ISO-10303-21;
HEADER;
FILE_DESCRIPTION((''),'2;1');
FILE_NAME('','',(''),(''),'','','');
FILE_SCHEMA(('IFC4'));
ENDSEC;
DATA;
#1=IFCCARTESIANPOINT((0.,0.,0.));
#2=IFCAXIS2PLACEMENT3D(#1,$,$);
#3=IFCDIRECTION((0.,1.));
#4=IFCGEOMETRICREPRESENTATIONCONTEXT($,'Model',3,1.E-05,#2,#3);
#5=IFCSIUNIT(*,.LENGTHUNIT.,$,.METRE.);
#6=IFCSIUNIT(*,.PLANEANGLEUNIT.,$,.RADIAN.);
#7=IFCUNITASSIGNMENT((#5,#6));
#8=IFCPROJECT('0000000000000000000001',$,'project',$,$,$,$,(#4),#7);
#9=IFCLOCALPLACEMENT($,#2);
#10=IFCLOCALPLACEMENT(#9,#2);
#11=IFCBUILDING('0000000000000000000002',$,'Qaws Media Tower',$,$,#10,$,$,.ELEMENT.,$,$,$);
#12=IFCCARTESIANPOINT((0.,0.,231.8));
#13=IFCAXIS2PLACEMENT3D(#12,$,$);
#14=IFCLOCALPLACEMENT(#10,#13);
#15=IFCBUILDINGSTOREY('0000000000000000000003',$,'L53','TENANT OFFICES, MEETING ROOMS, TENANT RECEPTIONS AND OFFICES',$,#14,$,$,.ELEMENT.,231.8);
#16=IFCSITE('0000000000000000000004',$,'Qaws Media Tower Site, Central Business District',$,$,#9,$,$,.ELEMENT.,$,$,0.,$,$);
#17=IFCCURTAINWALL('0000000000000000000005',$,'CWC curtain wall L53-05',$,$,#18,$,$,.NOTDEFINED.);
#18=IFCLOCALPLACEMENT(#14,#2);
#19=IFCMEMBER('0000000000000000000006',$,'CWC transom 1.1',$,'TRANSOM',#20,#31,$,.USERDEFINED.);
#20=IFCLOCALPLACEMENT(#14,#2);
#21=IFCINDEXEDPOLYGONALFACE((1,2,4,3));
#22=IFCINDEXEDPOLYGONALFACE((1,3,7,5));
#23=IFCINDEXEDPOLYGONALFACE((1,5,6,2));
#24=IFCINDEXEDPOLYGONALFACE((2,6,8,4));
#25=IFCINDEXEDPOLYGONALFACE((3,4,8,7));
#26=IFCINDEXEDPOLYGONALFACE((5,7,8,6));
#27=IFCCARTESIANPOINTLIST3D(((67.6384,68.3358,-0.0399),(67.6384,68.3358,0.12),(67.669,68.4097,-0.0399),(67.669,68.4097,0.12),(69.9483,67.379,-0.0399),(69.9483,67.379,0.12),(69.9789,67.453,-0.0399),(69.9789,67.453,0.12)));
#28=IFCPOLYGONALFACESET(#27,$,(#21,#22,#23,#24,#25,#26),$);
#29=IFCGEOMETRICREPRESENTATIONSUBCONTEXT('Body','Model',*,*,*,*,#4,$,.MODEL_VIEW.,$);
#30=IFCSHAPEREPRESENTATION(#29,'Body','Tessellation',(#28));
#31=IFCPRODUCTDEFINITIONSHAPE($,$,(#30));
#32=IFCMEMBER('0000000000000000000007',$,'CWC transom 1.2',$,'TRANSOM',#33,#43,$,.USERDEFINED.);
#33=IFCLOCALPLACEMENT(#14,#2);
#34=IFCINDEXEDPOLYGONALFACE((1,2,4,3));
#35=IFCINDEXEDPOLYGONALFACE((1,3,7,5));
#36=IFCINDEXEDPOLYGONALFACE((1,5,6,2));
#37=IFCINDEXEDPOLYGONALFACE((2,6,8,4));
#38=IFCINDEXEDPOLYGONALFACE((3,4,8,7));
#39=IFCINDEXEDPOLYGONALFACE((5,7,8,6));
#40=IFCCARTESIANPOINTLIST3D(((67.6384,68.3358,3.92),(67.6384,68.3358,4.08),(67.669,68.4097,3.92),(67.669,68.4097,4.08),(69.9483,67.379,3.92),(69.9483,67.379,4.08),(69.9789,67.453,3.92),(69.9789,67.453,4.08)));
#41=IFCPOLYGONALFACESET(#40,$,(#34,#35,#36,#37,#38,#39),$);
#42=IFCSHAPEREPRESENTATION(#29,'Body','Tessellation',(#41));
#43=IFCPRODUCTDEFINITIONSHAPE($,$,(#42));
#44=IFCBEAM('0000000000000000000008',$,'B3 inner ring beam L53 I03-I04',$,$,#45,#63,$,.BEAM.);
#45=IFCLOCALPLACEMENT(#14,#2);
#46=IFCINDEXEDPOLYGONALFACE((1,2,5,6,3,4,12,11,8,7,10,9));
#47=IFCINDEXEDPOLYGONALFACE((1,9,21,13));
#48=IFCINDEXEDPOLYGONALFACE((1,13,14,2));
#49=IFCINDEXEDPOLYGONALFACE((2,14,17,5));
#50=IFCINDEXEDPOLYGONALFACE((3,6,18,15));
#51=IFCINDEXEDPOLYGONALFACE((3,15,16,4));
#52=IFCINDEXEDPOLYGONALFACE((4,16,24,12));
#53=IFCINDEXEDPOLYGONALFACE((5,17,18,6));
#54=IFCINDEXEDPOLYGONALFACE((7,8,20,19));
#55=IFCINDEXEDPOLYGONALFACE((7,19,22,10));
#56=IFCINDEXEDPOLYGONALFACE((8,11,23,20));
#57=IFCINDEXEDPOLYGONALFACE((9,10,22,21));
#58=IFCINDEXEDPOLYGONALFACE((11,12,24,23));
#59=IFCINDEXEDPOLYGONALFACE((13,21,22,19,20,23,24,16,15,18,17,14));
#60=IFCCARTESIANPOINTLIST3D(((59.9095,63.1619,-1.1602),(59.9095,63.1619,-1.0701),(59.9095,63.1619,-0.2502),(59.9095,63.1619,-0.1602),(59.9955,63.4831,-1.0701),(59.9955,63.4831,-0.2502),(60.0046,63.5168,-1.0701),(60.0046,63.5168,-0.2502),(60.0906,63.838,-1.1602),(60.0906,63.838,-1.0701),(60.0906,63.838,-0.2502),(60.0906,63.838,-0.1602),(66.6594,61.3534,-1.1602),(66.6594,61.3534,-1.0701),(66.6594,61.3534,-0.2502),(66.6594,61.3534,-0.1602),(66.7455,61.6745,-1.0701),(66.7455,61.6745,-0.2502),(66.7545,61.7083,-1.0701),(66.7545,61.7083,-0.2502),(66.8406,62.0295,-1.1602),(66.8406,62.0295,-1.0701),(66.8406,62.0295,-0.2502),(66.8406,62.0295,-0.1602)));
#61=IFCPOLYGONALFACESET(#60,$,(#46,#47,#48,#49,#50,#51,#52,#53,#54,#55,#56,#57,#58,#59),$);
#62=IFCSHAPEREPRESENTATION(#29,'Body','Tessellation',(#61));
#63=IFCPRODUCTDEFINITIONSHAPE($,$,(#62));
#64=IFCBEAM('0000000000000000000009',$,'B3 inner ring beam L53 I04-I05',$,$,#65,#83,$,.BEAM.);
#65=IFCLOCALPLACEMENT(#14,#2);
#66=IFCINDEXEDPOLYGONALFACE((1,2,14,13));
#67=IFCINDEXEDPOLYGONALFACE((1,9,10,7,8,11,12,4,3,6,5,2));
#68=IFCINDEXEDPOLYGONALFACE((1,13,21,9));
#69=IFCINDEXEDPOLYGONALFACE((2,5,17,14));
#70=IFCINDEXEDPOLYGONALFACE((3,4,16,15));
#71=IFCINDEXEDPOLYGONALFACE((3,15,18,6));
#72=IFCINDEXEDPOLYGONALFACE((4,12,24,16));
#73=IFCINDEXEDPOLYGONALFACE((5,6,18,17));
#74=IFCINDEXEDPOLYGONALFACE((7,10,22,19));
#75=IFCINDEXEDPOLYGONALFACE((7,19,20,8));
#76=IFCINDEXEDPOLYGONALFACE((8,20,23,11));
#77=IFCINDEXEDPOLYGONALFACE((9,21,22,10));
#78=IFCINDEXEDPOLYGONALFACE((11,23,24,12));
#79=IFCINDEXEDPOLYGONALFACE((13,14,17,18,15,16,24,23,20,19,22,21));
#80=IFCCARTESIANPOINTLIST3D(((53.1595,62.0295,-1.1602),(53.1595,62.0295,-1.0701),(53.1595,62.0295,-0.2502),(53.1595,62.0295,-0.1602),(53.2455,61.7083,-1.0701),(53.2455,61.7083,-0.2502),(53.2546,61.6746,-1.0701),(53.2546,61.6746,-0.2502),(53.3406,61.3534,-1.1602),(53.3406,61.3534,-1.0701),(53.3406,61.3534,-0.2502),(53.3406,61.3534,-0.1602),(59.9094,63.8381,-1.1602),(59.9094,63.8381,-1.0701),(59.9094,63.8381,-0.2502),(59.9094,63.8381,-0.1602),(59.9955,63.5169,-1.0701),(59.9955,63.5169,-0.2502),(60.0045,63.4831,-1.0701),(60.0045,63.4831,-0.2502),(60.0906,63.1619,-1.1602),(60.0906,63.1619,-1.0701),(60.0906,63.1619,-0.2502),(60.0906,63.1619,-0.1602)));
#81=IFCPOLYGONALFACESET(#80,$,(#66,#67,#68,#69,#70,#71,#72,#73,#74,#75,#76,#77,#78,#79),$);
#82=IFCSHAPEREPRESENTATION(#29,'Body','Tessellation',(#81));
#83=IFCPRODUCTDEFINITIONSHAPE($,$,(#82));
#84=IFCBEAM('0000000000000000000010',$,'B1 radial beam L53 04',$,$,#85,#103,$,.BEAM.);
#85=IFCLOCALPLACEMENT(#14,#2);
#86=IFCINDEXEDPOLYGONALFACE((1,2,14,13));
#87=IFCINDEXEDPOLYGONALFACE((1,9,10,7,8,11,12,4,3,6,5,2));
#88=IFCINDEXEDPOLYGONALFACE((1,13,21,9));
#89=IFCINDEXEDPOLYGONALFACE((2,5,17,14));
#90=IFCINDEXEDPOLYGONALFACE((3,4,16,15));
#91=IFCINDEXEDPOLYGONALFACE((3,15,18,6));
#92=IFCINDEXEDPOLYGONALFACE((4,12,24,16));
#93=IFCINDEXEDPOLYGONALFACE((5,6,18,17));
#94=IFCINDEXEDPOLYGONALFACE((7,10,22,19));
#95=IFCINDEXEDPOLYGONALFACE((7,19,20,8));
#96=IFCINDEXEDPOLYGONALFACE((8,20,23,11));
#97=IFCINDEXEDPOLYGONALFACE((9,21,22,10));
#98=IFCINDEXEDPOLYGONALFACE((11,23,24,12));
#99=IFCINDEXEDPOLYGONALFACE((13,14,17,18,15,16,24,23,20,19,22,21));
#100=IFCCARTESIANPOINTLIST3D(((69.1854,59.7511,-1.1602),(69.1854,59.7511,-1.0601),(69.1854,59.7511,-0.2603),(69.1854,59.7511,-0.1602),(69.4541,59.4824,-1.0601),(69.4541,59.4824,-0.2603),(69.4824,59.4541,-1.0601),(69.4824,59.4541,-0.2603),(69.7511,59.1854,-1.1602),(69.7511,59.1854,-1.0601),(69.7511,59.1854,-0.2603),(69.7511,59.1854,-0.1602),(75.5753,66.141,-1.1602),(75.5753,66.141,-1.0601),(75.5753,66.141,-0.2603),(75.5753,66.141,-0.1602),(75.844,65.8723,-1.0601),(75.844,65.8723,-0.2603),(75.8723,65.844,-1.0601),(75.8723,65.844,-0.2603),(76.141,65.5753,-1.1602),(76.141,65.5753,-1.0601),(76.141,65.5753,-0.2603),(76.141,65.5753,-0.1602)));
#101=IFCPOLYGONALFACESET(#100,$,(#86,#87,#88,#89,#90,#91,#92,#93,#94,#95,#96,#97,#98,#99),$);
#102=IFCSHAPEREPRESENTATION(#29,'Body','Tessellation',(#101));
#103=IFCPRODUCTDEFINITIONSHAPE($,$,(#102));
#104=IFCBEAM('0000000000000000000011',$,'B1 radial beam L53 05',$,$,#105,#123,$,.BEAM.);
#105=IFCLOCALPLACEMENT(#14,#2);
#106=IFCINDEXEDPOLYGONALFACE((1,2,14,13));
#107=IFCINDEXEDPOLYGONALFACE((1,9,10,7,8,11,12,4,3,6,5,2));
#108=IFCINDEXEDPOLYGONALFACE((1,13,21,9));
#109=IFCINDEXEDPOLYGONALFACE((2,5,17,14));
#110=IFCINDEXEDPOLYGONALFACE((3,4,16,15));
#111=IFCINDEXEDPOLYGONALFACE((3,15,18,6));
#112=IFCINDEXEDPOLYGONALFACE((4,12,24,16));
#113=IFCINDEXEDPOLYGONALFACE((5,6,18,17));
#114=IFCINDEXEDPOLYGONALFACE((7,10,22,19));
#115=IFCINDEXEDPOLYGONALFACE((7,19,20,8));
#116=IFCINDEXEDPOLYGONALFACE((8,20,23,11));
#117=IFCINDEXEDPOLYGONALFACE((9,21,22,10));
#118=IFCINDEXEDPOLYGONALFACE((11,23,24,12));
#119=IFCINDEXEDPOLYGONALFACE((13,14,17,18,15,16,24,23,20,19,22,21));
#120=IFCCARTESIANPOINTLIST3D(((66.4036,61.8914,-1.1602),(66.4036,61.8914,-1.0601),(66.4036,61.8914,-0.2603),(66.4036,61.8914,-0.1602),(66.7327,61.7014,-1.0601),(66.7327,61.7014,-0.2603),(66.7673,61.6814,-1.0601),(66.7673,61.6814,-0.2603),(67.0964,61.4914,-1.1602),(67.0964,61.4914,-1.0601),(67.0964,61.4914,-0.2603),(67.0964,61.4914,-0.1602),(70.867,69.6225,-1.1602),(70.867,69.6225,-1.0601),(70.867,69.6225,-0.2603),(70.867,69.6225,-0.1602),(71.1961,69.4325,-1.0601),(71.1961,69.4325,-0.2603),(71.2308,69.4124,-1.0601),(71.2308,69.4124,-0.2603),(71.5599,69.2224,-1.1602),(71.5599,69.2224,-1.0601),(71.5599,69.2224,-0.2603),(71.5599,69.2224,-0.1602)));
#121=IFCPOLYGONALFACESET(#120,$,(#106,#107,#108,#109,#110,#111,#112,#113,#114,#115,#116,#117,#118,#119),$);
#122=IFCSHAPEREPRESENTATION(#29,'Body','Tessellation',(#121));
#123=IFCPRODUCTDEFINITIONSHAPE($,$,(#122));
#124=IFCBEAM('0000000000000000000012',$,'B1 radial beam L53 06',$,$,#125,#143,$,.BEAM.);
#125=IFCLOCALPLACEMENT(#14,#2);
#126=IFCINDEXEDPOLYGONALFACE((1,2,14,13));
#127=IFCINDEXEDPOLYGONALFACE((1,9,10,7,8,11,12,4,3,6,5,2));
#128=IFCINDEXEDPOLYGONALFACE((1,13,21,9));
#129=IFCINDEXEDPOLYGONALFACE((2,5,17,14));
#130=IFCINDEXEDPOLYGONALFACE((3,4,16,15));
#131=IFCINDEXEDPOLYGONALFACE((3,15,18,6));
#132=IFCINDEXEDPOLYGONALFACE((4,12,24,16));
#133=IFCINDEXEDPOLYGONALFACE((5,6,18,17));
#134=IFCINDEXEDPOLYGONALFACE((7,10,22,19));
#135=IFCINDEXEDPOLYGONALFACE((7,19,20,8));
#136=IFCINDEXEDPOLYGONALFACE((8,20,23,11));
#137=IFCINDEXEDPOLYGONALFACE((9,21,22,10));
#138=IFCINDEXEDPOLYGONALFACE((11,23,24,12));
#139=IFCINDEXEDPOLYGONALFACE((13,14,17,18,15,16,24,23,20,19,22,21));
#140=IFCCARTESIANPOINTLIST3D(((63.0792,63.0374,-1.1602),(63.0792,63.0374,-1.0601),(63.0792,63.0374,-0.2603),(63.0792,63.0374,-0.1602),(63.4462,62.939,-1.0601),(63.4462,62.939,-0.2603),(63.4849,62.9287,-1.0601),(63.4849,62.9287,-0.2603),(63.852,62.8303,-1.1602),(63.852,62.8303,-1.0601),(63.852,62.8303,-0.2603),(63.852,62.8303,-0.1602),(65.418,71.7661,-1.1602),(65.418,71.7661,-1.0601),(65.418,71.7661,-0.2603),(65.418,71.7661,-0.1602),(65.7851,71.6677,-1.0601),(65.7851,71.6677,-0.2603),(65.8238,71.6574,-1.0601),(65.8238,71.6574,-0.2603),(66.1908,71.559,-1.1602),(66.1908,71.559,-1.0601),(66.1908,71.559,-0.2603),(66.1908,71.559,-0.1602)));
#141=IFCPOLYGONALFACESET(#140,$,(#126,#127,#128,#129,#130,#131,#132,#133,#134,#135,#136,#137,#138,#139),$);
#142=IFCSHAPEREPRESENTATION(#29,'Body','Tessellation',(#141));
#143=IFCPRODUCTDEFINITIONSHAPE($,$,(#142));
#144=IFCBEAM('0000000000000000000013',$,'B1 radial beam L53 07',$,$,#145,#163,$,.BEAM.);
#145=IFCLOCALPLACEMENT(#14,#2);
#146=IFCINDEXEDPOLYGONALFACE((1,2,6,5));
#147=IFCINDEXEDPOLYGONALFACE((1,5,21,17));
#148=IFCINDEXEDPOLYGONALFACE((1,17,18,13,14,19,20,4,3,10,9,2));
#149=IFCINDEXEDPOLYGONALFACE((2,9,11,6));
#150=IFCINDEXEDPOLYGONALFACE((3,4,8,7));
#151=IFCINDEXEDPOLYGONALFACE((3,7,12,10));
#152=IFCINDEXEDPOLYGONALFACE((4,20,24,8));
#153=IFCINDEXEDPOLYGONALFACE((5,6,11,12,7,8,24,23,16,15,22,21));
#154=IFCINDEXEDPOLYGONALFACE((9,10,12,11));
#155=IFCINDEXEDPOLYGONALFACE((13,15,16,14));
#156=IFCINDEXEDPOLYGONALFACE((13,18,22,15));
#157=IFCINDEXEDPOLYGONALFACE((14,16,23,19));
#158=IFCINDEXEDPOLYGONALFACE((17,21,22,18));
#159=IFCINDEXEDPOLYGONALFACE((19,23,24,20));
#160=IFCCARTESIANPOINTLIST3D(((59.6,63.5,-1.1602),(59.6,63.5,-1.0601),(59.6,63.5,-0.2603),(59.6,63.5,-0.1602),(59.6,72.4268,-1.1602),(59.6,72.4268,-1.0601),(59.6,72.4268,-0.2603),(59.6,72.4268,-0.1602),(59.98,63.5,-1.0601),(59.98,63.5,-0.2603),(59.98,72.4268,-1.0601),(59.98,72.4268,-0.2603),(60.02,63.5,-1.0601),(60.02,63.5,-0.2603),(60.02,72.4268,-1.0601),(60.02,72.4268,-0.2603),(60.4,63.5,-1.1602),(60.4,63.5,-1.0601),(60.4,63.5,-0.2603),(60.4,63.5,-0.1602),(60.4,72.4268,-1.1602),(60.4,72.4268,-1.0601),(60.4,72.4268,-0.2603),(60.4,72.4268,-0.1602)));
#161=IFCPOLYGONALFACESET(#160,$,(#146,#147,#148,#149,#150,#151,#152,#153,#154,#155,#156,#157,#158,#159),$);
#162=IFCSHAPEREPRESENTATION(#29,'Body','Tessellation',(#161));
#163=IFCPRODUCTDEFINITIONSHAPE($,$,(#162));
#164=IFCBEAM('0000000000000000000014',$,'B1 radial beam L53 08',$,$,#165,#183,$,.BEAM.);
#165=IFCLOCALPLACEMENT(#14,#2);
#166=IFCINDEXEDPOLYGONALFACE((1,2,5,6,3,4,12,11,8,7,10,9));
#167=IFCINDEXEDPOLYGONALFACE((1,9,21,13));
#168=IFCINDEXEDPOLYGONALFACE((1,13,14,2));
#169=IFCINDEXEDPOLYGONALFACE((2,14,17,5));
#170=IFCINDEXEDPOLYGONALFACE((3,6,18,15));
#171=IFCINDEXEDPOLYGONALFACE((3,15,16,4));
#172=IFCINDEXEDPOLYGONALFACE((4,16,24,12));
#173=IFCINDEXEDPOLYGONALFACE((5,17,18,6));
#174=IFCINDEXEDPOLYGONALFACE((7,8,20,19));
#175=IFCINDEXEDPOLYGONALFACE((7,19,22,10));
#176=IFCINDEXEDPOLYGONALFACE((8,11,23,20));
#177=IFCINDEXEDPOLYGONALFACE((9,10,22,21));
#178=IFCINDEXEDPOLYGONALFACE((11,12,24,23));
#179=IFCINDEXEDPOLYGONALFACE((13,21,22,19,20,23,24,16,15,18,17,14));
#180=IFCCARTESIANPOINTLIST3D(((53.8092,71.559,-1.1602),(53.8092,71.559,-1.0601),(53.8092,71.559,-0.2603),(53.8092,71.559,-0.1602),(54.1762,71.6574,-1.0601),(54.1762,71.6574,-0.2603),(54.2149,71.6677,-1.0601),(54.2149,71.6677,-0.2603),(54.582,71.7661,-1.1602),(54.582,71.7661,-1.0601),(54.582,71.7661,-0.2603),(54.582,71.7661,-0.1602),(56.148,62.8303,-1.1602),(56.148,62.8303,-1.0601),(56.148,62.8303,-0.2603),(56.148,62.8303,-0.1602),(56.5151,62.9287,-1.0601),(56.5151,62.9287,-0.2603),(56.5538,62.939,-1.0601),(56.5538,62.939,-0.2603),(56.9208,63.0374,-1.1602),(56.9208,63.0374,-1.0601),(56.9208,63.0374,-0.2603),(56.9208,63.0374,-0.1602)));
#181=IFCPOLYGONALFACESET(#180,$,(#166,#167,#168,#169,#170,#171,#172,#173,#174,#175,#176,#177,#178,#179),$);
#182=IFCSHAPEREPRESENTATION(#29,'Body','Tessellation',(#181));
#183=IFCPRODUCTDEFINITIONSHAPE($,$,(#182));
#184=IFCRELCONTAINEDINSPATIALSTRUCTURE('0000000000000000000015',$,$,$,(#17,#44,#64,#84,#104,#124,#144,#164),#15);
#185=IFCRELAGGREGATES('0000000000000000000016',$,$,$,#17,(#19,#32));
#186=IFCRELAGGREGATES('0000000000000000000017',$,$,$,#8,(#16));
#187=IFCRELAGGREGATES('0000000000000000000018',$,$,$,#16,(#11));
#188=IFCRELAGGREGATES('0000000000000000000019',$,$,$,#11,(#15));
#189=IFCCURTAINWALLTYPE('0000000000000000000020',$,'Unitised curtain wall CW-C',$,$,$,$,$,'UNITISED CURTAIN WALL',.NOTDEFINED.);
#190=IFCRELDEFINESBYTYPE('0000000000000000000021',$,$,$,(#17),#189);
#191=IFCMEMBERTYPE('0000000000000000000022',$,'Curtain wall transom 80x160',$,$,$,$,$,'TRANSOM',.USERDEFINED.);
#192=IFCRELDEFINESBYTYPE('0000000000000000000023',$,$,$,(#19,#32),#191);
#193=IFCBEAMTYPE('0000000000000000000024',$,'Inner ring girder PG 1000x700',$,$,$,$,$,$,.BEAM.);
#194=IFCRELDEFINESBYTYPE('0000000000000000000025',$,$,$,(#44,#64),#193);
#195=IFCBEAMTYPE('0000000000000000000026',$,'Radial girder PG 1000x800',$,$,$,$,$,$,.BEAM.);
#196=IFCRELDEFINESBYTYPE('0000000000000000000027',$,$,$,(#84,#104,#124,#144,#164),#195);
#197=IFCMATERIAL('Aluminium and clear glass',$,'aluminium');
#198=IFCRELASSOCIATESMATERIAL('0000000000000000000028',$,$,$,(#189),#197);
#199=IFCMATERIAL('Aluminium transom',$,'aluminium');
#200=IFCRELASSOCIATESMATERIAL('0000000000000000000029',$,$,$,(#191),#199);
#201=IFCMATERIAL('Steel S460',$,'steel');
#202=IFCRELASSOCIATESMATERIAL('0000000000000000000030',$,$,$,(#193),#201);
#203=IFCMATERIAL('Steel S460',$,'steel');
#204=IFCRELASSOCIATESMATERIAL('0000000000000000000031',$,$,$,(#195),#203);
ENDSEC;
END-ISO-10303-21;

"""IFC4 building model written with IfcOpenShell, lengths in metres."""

from ifc_helpers import new_model, si_unit, direction, frame, origin, origin_2d, place, context, subcontext, project, spatial, rectangle, i_section, extrude, material, material_profile, profile_set, type_object, element, aggregate, save


model = new_model("IFC4")

# Units and contexts
model_context = context("Model", 3, precision=1e-05, world=origin(), true_north=direction((0.0, 1.0)))
body_context = subcontext(model_context, "Body", "Model", "MODEL_VIEW")
ifc_project = project(units=[si_unit("LENGTHUNIT", "METRE"), si_unit("PLANEANGLEUNIT", "RADIAN")], contexts=[model_context])

# Site, building, storey
site_placement = place(None, origin())
site = spatial("IfcSite", under=ifc_project, at=site_placement, Name="Qaws Media Tower Site, Central Business District", CompositionType="ELEMENT", RefElevation=0.0)
building_placement = place(site_placement, origin())
building = spatial("IfcBuilding", under=site, at=building_placement, Name="Qaws Media Tower", CompositionType="ELEMENT")
storey_placement = place(building_placement, frame((0.0, 0.0, 231.8)))
storey = spatial("IfcBuildingStorey", under=building, at=storey_placement, Name="L53", Description="TENANT OFFICES, MEETING ROOMS, TENANT RECEPTIONS AND OFFICES", CompositionType="ELEMENT", Elevation=231.8)

# Shared definitions
ifc_material_1 = material(Name="Aluminium and clear glass", Category="aluminium")
curtain_wall_type = type_object("IfcCurtainWallType", Name="Unitised curtain wall CW-C", ElementType="UNITISED CURTAIN WALL", PredefinedType="NOTDEFINED", material=ifc_material_1)

# Curtain wall, members
curtain_wall_1_placement = place(storey_placement, origin())
curtain_wall_1 = element("IfcCurtainWall", 1, at=curtain_wall_1_placement, inside=storey, type_object=curtain_wall_type, Name="CWC curtain wall L53-05", PredefinedType="NOTDEFINED")
ifc_material_2 = material(Name="Aluminium transom", Category="aluminium")
ifc_material_profile_1 = material_profile(ifc_material_2, rectangle(XDim=0.0801, YDim=0.1599, at=origin_2d()), Name="80x160")
ifc_profile_set_1 = profile_set([ifc_material_profile_1], Name="Aluminium transom")
member_type_1 = type_object("IfcMemberType", Name="Curtain wall transom 80x160", ElementType="TRANSOM", PredefinedType="USERDEFINED", material=ifc_profile_set_1)
member_1_placement = place(storey_placement, frame((69.9636, 67.416, 0.04), z_axis=(-0.923889, 0.382659, 0.0), x_axis=(-0.382659, -0.923889, 0.0)))
member_1 = element("IfcMember", 2, at=member_1_placement, type_object=member_type_1, Name="CWC transom 1.1", ObjectType="TRANSOM", PredefinedType="USERDEFINED", context=body_context, shape_type="SweptSolid", body=[
    extrude(rectangle(XDim=0.0801, YDim=0.1599, at=origin_2d()), origin(), (0.0, 0.0, 1.0), 2.5002),
])
member_2_placement = place(storey_placement, frame((69.9636, 67.416, 4.0), z_axis=(-0.923889, 0.382659, 0.0), x_axis=(-0.382659, -0.923889, 0.0)))
member_2 = element("IfcMember", 3, at=member_2_placement, type_object=member_type_1, Name="CWC transom 1.2", ObjectType="TRANSOM", PredefinedType="USERDEFINED", context=body_context, shape_type="SweptSolid", body=[
    extrude(rectangle(XDim=0.0801, YDim=0.1599, at=origin_2d()), origin(), (0.0, 0.0, 1.0), 2.5002),
])
aggregate(curtain_wall_1, [member_1, member_2])

# Beams
ifc_material_3 = material(Name="Steel S460", Category="steel")
ifc_material_profile_2 = material_profile(ifc_material_3, i_section(OverallWidth=0.7, OverallDepth=1.0, WebThickness=0.0349, FlangeThickness=0.0901, at=origin_2d()), Name="PG 1000x700")
ifc_profile_set_2 = profile_set([ifc_material_profile_2], Name="Steel S460")
beam_type_1 = type_object("IfcBeamType", Name="Inner ring girder PG 1000x700", PredefinedType="BEAM", material=ifc_profile_set_2)
for number, where, z_axis, x_axis, name in (
    (4, (66.75, 61.6914, -0.6602), (-0.965928, 0.258811, 0.0), (-0.258811, -0.965928, 0.0), "B3 inner ring beam L53 I03-I04"),
    (5, (60.0, 63.5, -0.6602), (-0.965928, -0.258811, 0.0), (0.258811, -0.965928, 0.0), "B3 inner ring beam L53 I04-I05"),
):
    element("IfcBeam", number, at=place(storey_placement, frame(where, z_axis=z_axis, x_axis=x_axis)), inside=storey, type_object=beam_type_1, Name=name, PredefinedType="BEAM", context=body_context, shape_type="SweptSolid", body=[
        extrude(i_section(OverallWidth=0.7, OverallDepth=1.0, WebThickness=0.0349, FlangeThickness=0.0901, at=origin_2d()), origin(), (0.0, 0.0, 1.0), 6.988),
    ])
ifc_material_4 = material(Name="Steel S460", Category="steel")
ifc_material_profile_3 = material_profile(ifc_material_4, i_section(OverallWidth=0.8, OverallDepth=1.0, WebThickness=0.04, FlangeThickness=0.1001, at=origin_2d()), Name="PG 1000x800")
ifc_profile_set_3 = profile_set([ifc_material_profile_3], Name="Steel S460")
beam_type_2 = type_object("IfcBeamType", Name="Radial girder PG 1000x800", PredefinedType="BEAM", material=ifc_profile_set_3)
beam_1_placement = place(storey_placement, frame((69.4683, 59.4683, -0.6602), z_axis=(0.707107, 0.707107, 0.0), x_axis=(-0.707107, 0.707107, 0.0)))
element("IfcBeam", 6, at=beam_1_placement, inside=storey, type_object=beam_type_2, Name="B1 radial beam L53 04", PredefinedType="BEAM", context=body_context, shape_type="SweptSolid", body=[
    extrude(i_section(OverallWidth=0.8, OverallDepth=1.0, WebThickness=0.04, FlangeThickness=0.1001, at=origin_2d()), origin(), (0.0, 0.0, 1.0), 9.0366),
])
beam_2_placement = place(storey_placement, frame((66.75, 61.6914, -0.6602), z_axis=(0.499992, 0.86603, 0.0), x_axis=(-0.86603, 0.499992, 0.0)))
element("IfcBeam", 7, at=beam_2_placement, inside=storey, type_object=beam_type_2, Name="B1 radial beam L53 05", PredefinedType="BEAM", context=body_context, shape_type="SweptSolid", body=[
    extrude(i_section(OverallWidth=0.8, OverallDepth=1.0, WebThickness=0.04, FlangeThickness=0.1001, at=origin_2d()), origin(), (0.0, 0.0, 1.0), 8.927),
])
beam_3_placement = place(storey_placement, frame((63.4656, 62.9338, -0.6602), z_axis=(0.258819, 0.965926, 0.0), x_axis=(-0.965926, 0.258819, 0.0)))
element("IfcBeam", 8, at=beam_3_placement, inside=storey, type_object=beam_type_2, Name="B1 radial beam L53 06", PredefinedType="BEAM", context=body_context, shape_type="SweptSolid", body=[
    extrude(i_section(OverallWidth=0.8, OverallDepth=1.0, WebThickness=0.04, FlangeThickness=0.1001, at=origin_2d()), origin(), (0.0, 0.0, 1.0), 9.0366),
])
beam_4_placement = place(storey_placement, frame((60.0, 63.5, -0.6602), z_axis=(0.0, 1.0, 0.0), x_axis=(-1.0, 0.0, 0.0)))
element("IfcBeam", 9, at=beam_4_placement, inside=storey, type_object=beam_type_2, Name="B1 radial beam L53 07", PredefinedType="BEAM", context=body_context, shape_type="SweptSolid", body=[
    extrude(i_section(OverallWidth=0.8, OverallDepth=1.0, WebThickness=0.04, FlangeThickness=0.1001, at=origin_2d()), origin(), (0.0, 0.0, 1.0), 8.9268),
])
beam_5_placement = place(storey_placement, frame((56.5344, 62.9338, -0.6602), z_axis=(-0.258819, 0.965926, 0.0), x_axis=(-0.965926, -0.258819, 0.0)))
element("IfcBeam", 10, at=beam_5_placement, inside=storey, type_object=beam_type_2, Name="B1 radial beam L53 08", PredefinedType="BEAM", context=body_context, shape_type="SweptSolid", body=[
    extrude(i_section(OverallWidth=0.8, OverallDepth=1.0, WebThickness=0.04, FlangeThickness=0.1001, at=origin_2d()), origin(), (0.0, 0.0, 1.0), 9.0366),
])

save(model, "model.ifc")
